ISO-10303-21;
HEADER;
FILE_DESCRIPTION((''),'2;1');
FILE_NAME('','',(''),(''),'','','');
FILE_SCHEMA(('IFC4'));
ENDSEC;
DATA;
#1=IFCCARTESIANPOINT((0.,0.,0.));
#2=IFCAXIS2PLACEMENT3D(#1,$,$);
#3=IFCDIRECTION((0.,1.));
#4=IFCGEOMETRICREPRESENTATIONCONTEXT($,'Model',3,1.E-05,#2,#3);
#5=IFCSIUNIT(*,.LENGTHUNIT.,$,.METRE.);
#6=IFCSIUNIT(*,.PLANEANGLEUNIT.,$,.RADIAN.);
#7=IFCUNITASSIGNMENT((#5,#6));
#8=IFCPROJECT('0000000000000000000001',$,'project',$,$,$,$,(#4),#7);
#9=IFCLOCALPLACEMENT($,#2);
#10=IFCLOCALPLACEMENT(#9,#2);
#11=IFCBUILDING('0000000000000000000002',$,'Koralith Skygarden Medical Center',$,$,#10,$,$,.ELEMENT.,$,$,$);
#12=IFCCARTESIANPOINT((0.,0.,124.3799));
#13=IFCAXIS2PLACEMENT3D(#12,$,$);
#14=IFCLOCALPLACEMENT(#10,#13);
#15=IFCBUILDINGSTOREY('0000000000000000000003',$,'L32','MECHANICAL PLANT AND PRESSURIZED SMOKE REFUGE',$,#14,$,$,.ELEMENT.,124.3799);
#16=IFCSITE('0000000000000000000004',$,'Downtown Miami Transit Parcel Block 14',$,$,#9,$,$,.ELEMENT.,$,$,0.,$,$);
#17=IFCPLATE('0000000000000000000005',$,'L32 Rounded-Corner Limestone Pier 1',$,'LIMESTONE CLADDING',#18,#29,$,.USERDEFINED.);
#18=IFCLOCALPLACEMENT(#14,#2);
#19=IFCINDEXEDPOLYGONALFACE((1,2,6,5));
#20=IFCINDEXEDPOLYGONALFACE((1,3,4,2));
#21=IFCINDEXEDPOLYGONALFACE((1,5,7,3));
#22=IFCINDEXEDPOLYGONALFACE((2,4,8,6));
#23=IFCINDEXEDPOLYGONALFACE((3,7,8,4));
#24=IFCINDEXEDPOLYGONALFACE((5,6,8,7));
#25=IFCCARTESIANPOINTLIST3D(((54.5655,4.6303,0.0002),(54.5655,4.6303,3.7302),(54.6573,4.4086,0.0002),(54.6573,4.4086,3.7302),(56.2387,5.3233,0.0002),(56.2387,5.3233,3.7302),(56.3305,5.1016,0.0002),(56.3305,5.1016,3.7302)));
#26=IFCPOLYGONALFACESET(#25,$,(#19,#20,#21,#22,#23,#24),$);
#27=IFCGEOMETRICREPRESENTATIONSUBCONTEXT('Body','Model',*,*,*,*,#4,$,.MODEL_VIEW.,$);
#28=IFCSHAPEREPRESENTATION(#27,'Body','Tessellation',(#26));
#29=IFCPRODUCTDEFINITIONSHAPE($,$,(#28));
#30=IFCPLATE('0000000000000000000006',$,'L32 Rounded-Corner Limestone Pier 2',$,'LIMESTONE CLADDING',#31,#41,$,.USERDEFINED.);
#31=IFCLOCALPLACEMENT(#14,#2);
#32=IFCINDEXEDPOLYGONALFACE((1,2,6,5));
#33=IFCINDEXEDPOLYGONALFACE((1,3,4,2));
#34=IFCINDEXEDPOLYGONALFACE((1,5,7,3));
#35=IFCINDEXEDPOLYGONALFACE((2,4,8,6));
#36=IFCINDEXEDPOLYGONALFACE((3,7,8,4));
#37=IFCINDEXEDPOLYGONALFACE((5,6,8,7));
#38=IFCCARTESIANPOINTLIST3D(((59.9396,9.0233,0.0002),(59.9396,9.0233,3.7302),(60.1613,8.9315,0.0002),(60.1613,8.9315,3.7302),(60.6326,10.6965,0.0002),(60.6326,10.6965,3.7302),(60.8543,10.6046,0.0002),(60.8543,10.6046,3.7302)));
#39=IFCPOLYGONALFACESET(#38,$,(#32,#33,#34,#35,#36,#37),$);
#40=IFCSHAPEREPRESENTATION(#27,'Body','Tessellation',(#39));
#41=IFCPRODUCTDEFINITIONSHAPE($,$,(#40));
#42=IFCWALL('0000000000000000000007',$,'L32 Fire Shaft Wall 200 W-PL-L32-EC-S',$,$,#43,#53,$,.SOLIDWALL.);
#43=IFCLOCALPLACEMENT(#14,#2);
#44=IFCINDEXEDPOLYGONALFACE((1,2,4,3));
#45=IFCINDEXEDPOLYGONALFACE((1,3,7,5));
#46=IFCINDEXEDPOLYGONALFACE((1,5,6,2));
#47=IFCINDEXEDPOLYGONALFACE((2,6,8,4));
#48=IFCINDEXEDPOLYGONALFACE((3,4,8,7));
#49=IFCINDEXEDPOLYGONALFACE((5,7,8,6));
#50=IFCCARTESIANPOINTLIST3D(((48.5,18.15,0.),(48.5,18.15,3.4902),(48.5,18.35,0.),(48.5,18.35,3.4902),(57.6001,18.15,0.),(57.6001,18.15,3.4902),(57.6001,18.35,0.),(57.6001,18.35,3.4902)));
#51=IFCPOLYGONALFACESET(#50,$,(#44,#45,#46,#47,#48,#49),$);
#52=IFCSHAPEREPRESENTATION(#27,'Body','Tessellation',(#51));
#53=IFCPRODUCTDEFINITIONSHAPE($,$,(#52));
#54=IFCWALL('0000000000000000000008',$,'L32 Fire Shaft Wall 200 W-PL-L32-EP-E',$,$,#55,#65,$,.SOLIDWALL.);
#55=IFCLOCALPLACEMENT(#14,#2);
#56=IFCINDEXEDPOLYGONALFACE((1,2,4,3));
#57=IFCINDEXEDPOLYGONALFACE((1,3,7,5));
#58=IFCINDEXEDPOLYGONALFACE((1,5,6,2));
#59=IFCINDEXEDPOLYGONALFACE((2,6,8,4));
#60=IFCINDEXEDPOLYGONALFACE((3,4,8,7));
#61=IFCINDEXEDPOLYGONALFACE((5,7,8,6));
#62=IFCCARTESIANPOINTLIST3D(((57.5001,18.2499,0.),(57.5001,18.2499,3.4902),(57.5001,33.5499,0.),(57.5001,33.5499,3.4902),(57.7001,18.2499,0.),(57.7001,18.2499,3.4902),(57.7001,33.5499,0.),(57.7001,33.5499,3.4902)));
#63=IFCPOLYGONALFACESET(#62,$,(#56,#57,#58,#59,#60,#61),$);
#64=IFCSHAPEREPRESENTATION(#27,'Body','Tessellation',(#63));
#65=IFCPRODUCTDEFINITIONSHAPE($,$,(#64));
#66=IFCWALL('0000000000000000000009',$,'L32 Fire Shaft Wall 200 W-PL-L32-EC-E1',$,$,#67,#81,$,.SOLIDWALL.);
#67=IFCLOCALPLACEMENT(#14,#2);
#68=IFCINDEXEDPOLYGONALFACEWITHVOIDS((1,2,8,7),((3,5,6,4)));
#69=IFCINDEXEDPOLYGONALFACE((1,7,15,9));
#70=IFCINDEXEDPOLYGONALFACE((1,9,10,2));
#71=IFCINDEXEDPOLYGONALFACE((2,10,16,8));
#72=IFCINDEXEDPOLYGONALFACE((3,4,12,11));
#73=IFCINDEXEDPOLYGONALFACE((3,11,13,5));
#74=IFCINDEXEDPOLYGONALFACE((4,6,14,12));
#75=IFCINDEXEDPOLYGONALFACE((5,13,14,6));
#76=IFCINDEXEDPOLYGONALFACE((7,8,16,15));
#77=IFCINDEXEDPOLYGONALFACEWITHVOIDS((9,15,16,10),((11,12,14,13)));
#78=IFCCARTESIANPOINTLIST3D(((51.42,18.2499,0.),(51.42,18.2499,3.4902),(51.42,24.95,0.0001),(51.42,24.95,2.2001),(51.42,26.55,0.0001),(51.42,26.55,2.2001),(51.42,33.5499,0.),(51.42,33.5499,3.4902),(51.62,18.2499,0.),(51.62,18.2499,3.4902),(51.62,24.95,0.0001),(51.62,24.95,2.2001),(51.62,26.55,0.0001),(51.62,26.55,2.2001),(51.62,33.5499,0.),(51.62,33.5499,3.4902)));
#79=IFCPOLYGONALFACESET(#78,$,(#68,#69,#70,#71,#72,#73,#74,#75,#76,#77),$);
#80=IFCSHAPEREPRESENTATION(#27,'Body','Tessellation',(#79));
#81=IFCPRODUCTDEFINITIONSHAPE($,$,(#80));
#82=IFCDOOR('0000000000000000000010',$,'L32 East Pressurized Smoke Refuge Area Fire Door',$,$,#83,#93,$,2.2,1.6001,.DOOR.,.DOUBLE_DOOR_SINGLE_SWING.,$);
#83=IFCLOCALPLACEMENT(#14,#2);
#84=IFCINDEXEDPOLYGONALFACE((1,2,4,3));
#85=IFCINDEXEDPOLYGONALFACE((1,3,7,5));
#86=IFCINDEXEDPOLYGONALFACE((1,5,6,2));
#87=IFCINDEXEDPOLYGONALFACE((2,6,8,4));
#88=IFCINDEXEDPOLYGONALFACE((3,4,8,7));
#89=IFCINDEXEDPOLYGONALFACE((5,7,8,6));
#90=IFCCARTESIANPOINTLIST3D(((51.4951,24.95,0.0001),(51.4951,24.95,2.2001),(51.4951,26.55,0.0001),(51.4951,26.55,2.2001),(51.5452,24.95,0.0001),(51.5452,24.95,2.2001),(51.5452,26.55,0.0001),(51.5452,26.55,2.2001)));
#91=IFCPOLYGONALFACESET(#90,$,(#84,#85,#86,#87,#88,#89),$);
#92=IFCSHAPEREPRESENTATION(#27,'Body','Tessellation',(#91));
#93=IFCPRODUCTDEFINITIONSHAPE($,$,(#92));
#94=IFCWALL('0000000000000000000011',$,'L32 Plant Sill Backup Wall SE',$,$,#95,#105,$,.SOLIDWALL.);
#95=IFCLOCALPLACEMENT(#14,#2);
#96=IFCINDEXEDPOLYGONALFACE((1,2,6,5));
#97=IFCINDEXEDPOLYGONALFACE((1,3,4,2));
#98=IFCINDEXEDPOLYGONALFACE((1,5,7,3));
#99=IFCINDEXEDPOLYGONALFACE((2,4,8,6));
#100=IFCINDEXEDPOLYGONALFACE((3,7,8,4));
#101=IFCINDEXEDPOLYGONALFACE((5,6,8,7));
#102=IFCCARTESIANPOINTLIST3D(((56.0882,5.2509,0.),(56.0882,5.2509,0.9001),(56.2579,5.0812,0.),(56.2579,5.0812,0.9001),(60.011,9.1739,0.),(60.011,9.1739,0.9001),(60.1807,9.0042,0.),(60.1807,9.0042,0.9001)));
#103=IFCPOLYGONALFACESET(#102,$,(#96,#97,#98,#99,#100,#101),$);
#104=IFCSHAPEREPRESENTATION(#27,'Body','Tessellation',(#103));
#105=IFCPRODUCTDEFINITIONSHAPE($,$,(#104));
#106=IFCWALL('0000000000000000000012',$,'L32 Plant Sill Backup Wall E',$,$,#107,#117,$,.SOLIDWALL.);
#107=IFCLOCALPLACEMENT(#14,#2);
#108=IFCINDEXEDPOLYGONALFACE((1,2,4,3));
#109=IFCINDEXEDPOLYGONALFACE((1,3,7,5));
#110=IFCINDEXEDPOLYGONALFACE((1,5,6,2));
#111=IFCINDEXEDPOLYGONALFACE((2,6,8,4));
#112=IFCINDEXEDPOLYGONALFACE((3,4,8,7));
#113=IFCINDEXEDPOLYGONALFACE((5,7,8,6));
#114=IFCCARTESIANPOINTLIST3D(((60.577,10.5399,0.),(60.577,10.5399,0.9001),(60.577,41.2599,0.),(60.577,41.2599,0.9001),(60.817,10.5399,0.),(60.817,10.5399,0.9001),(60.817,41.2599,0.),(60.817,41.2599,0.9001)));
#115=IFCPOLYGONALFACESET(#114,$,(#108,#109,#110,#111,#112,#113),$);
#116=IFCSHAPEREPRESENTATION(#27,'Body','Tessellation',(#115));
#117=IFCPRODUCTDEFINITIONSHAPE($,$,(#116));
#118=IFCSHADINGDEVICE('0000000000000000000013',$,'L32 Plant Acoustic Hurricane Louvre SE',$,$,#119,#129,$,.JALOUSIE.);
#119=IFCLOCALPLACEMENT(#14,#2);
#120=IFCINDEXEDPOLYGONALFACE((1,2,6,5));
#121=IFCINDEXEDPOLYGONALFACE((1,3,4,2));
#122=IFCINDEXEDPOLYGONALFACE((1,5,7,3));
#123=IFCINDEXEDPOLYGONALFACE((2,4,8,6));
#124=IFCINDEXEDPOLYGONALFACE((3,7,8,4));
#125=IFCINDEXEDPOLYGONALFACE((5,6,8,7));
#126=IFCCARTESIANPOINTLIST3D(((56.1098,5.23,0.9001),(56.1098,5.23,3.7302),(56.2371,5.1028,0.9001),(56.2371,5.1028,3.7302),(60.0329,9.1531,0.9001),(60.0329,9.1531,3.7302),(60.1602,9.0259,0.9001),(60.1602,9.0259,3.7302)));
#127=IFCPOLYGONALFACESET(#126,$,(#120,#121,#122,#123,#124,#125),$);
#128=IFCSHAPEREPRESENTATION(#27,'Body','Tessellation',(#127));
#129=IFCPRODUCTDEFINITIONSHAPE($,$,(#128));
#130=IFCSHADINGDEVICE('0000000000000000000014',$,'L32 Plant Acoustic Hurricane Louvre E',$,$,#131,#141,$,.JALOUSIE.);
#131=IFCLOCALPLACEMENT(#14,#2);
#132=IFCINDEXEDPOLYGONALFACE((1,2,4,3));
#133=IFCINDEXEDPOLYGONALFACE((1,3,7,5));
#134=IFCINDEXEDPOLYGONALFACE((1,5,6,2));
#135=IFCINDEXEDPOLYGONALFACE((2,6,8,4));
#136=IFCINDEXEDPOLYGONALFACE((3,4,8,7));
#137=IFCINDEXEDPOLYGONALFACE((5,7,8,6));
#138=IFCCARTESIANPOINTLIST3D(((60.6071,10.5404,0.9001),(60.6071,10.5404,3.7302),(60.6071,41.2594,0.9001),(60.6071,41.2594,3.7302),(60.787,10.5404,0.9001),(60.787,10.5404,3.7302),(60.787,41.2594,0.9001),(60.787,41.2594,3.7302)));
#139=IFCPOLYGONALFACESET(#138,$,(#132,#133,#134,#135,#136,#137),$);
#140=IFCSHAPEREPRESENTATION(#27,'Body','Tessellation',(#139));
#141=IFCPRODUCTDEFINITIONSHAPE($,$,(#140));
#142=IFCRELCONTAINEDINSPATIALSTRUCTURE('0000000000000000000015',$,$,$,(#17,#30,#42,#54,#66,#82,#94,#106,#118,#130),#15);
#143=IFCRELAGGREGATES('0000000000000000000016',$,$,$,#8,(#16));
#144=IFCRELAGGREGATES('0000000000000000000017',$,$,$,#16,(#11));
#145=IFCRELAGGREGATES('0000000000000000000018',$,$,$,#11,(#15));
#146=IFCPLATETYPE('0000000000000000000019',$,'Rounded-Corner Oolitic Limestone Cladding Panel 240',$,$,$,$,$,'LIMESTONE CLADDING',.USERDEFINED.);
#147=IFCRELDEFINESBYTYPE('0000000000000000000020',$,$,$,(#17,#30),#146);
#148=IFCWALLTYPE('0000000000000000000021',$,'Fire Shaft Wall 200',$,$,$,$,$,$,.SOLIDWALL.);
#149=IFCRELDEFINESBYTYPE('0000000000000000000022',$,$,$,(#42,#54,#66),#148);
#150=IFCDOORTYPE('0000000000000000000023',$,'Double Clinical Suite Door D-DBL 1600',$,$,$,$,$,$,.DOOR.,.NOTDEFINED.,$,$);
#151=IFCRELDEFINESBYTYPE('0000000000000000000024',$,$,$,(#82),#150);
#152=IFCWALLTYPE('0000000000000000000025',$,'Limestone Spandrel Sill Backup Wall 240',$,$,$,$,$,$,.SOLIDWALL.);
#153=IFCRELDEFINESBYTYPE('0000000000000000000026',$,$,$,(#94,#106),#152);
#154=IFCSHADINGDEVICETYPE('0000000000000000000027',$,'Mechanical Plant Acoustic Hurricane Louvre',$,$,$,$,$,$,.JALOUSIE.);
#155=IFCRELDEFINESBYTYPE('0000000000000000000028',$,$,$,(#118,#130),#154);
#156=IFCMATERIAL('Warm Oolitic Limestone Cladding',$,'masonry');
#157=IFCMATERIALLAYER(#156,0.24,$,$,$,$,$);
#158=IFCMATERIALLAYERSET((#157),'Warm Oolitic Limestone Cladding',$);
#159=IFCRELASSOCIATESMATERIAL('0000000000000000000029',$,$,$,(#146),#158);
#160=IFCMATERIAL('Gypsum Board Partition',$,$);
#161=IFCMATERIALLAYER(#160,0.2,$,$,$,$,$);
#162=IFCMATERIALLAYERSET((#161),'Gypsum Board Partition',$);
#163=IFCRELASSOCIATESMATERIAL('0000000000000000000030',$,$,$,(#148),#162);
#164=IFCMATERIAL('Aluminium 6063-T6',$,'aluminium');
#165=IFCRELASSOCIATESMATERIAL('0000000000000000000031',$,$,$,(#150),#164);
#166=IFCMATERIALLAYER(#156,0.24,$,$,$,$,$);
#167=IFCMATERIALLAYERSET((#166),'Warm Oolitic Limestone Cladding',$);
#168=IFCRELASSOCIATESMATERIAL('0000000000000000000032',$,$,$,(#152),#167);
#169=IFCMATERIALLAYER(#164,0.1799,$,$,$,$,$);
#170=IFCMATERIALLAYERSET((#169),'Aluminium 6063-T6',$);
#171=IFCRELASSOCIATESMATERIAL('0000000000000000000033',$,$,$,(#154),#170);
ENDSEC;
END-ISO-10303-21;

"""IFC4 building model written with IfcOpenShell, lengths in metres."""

from ifc_helpers import new_model, si_unit, direction, frame, frame_2d, origin, origin_2d, place, context, subcontext, project, spatial, rectangle, extrude, material, layer, layer_set, type_object, element, fill, save


model = new_model("IFC4")

# Units and contexts
model_context = context("Model", 3, precision=1e-05, world=origin(), true_north=direction((0.0, 1.0)))
body_context = subcontext(model_context, "Body", "Model", "MODEL_VIEW")
ifc_project = project(units=[si_unit("LENGTHUNIT", "METRE"), si_unit("PLANEANGLEUNIT", "RADIAN")], contexts=[model_context])

# Site, building, storey
site_placement = place(None, origin())
site = spatial("IfcSite", under=ifc_project, at=site_placement, Name="Downtown Miami Transit Parcel Block 14", CompositionType="ELEMENT", RefElevation=0.0)
building_placement = place(site_placement, origin())
building = spatial("IfcBuilding", under=site, at=building_placement, Name="Koralith Skygarden Medical Center", CompositionType="ELEMENT")
storey_placement = place(building_placement, frame((0.0, 0.0, 124.3799)))
storey = spatial("IfcBuildingStorey", under=building, at=storey_placement, Name="L32", Description="MECHANICAL PLANT AND PRESSURIZED SMOKE REFUGE", CompositionType="ELEMENT", Elevation=124.3799)

# Plates
ifc_material_1 = material(Name="Warm Oolitic Limestone Cladding", Category="masonry")
ifc_layer_1 = layer(ifc_material_1, 0.24)
ifc_layer_set_1 = layer_set([ifc_layer_1], Name="Warm Oolitic Limestone Cladding")
plate_type_1 = type_object("IfcPlateType", Name="Rounded-Corner Oolitic Limestone Cladding Panel 240", ElementType="LIMESTONE CLADDING", PredefinedType="USERDEFINED", material=ifc_layer_set_1)
for number, where, z_axis, x_axis, name in (
    (1, (55.448, 4.866, 0.0002), (0.0, 0.0, 1.0), (0.923885, 0.382671, 0.0), "L32 Rounded-Corner Limestone Pier 1"),
    (2, (60.397, 9.814, 0.0002), (0.0, 0.0, 1.0), (0.382671, 0.923885, 0.0), "L32 Rounded-Corner Limestone Pier 2"),
):
    element("IfcPlate", number, at=place(storey_placement, frame(where, z_axis=z_axis, x_axis=x_axis)), inside=storey, type_object=plate_type_1, Name=name, ObjectType="LIMESTONE CLADDING", PredefinedType="USERDEFINED", context=body_context, shape_type="SweptSolid", body=[
        extrude(rectangle(XDim=1.811, YDim=0.24, at=origin_2d()), origin(), (0.0, 0.0, 1.0), 3.73),
    ])

# Walls
ifc_material_2 = material(Name="Gypsum Board Partition")
ifc_layer_2 = layer(ifc_material_2, 0.2)
ifc_layer_set_2 = layer_set([ifc_layer_2], Name="Gypsum Board Partition")
wall_type_1 = type_object("IfcWallType", Name="Fire Shaft Wall 200", PredefinedType="SOLIDWALL", material=ifc_layer_set_2)
wall_1_placement = place(storey_placement, frame((48.5, 18.25, 0.0), z_axis=(0.0, 0.0, 1.0), x_axis=(1.0, 0.0, 0.0)))
element("IfcWall", 3, at=wall_1_placement, inside=storey, type_object=wall_type_1, Name="L32 Fire Shaft Wall 200 W-PL-L32-EC-S", PredefinedType="SOLIDWALL", context=body_context, shape_type="SweptSolid", body=[
    extrude(rectangle(XDim=9.1001, YDim=0.2, at=frame_2d((4.55, 0.0))), origin(), (0.0, 0.0, 1.0), 3.4902),
])
wall_2_placement = place(storey_placement, frame((57.6001, 18.25, 0.0), z_axis=(0.0, 0.0, 1.0), x_axis=(0.0, 1.0, 0.0)))
element("IfcWall", 4, at=wall_2_placement, inside=storey, type_object=wall_type_1, Name="L32 Fire Shaft Wall 200 W-PL-L32-EP-E", PredefinedType="SOLIDWALL", context=body_context, shape_type="SweptSolid", body=[
    extrude(rectangle(XDim=15.3, YDim=0.2, at=frame_2d((7.6499, 0.0))), origin(), (0.0, 0.0, 1.0), 3.4902),
])

# Wall, opening, door
wall_3_placement = place(storey_placement, frame((51.52, 18.25, 0.0), z_axis=(0.0, 0.0, 1.0), x_axis=(0.0, 1.0, 0.0)))
wall_3 = element("IfcWall", 5, at=wall_3_placement, inside=storey, type_object=wall_type_1, Name="L32 Fire Shaft Wall 200 W-PL-L32-EC-E1", PredefinedType="SOLIDWALL", context=body_context, shape_type="SweptSolid", body=[
    extrude(rectangle(XDim=15.3, YDim=0.2, at=frame_2d((7.6499, 0.0))), origin(), (0.0, 0.0, 1.0), 3.4902),
])
opening_placement = place(wall_3_placement, frame((6.7, 0.0, 0.0)))
opening = element("IfcOpeningElement", 6, at=opening_placement, cuts=wall_3, PredefinedType="OPENING", context=body_context, shape_type="SweptSolid", body=[
    extrude(rectangle(XDim=1.6001, YDim=2.2, at=frame_2d((0.8, 1.1001))), frame((0.0, 0.1099, 0.0), z_axis=(0.0, -1.0, 0.0), x_axis=(1.0, 0.0, 0.0)), (0.0, 0.0, 1.0), 0.22),
])
ifc_material_3 = material(Name="Aluminium 6063-T6", Category="aluminium")
door_type = type_object("IfcDoorType", Name="Double Clinical Suite Door D-DBL 1600", OperationType="NOTDEFINED", PredefinedType="DOOR", material=ifc_material_3)
door_placement = place(opening_placement, origin())
door = element("IfcDoor", 7, at=door_placement, inside=storey, type_object=door_type, Name="L32 East Pressurized Smoke Refuge Area Fire Door", OperationType="DOUBLE_DOOR_SINGLE_SWING", OverallHeight=2.2, OverallWidth=1.6001, PredefinedType="DOOR", context=body_context, shape_type="SweptSolid", body=[
    extrude(rectangle(XDim=1.6001, YDim=2.2, at=frame_2d((0.8, 1.1001))), frame((0.0, 0.0249, 0.0), z_axis=(0.0, -1.0, 0.0), x_axis=(1.0, 0.0, 0.0)), (0.0, 0.0, 1.0), 0.05),
])
fill(opening, door)

# Walls
ifc_layer_3 = layer(ifc_material_1, 0.24)
ifc_layer_set_3 = layer_set([ifc_layer_3], Name="Warm Oolitic Limestone Cladding")
wall_type_2 = type_object("IfcWallType", Name="Limestone Spandrel Sill Backup Wall 240", PredefinedType="SOLIDWALL", material=ifc_layer_set_3)
wall_4_placement = place(storey_placement, frame((56.1731, 5.166, 0.0), z_axis=(0.0, 0.0, 1.0), x_axis=(0.707085, 0.707129, 0.0)))
element("IfcWall", 8, at=wall_4_placement, inside=storey, type_object=wall_type_2, Name="L32 Plant Sill Backup Wall SE", PredefinedType="SOLIDWALL", context=body_context, shape_type="SweptSolid", body=[
    extrude(rectangle(XDim=5.5479, YDim=0.24, at=frame_2d((2.7739, 0.0))), origin(), (0.0, 0.0, 1.0), 0.9001),
])
wall_5_placement = place(storey_placement, frame((60.697, 10.54, 0.0), z_axis=(0.0, 0.0, 1.0), x_axis=(0.0, 1.0, 0.0)))
element("IfcWall", 9, at=wall_5_placement, inside=storey, type_object=wall_type_2, Name="L32 Plant Sill Backup Wall E", PredefinedType="SOLIDWALL", context=body_context, shape_type="SweptSolid", body=[
    extrude(rectangle(XDim=30.72, YDim=0.24, at=frame_2d((15.3599, 0.0))), origin(), (0.0, 0.0, 1.0), 0.9001),
])

# Shading devices
ifc_layer_4 = layer(ifc_material_3, 0.1799)
ifc_layer_set_4 = layer_set([ifc_layer_4], Name="Aluminium 6063-T6")
shading_device_type = type_object("IfcShadingDeviceType", Name="Mechanical Plant Acoustic Hurricane Louvre", PredefinedType="JALOUSIE", material=ifc_layer_set_4)
shading_device_1_placement = place(storey_placement, frame((58.135, 7.1279, 0.9001), z_axis=(0.0, 0.0, 1.0), x_axis=(0.707107, 0.707107, 0.0)))
element("IfcShadingDevice", 10, at=shading_device_1_placement, inside=storey, type_object=shading_device_type, Name="L32 Plant Acoustic Hurricane Louvre SE", PredefinedType="JALOUSIE", context=body_context, shape_type="SweptSolid", body=[
    extrude(rectangle(XDim=5.5481, YDim=0.1799, at=origin_2d()), origin(), (0.0, 0.0, 1.0), 2.8301),
])
shading_device_2_placement = place(storey_placement, frame((60.697, 25.8999, 0.9001), z_axis=(0.0, 0.0, 1.0), x_axis=(0.0, 1.0, 0.0)))
element("IfcShadingDevice", 11, at=shading_device_2_placement, inside=storey, type_object=shading_device_type, Name="L32 Plant Acoustic Hurricane Louvre E", PredefinedType="JALOUSIE", context=body_context, shape_type="SweptSolid", body=[
    extrude(rectangle(XDim=30.719, YDim=0.1799, at=origin_2d()), origin(), (0.0, 0.0, 1.0), 2.8301),
])

save(model, "model.ifc")
